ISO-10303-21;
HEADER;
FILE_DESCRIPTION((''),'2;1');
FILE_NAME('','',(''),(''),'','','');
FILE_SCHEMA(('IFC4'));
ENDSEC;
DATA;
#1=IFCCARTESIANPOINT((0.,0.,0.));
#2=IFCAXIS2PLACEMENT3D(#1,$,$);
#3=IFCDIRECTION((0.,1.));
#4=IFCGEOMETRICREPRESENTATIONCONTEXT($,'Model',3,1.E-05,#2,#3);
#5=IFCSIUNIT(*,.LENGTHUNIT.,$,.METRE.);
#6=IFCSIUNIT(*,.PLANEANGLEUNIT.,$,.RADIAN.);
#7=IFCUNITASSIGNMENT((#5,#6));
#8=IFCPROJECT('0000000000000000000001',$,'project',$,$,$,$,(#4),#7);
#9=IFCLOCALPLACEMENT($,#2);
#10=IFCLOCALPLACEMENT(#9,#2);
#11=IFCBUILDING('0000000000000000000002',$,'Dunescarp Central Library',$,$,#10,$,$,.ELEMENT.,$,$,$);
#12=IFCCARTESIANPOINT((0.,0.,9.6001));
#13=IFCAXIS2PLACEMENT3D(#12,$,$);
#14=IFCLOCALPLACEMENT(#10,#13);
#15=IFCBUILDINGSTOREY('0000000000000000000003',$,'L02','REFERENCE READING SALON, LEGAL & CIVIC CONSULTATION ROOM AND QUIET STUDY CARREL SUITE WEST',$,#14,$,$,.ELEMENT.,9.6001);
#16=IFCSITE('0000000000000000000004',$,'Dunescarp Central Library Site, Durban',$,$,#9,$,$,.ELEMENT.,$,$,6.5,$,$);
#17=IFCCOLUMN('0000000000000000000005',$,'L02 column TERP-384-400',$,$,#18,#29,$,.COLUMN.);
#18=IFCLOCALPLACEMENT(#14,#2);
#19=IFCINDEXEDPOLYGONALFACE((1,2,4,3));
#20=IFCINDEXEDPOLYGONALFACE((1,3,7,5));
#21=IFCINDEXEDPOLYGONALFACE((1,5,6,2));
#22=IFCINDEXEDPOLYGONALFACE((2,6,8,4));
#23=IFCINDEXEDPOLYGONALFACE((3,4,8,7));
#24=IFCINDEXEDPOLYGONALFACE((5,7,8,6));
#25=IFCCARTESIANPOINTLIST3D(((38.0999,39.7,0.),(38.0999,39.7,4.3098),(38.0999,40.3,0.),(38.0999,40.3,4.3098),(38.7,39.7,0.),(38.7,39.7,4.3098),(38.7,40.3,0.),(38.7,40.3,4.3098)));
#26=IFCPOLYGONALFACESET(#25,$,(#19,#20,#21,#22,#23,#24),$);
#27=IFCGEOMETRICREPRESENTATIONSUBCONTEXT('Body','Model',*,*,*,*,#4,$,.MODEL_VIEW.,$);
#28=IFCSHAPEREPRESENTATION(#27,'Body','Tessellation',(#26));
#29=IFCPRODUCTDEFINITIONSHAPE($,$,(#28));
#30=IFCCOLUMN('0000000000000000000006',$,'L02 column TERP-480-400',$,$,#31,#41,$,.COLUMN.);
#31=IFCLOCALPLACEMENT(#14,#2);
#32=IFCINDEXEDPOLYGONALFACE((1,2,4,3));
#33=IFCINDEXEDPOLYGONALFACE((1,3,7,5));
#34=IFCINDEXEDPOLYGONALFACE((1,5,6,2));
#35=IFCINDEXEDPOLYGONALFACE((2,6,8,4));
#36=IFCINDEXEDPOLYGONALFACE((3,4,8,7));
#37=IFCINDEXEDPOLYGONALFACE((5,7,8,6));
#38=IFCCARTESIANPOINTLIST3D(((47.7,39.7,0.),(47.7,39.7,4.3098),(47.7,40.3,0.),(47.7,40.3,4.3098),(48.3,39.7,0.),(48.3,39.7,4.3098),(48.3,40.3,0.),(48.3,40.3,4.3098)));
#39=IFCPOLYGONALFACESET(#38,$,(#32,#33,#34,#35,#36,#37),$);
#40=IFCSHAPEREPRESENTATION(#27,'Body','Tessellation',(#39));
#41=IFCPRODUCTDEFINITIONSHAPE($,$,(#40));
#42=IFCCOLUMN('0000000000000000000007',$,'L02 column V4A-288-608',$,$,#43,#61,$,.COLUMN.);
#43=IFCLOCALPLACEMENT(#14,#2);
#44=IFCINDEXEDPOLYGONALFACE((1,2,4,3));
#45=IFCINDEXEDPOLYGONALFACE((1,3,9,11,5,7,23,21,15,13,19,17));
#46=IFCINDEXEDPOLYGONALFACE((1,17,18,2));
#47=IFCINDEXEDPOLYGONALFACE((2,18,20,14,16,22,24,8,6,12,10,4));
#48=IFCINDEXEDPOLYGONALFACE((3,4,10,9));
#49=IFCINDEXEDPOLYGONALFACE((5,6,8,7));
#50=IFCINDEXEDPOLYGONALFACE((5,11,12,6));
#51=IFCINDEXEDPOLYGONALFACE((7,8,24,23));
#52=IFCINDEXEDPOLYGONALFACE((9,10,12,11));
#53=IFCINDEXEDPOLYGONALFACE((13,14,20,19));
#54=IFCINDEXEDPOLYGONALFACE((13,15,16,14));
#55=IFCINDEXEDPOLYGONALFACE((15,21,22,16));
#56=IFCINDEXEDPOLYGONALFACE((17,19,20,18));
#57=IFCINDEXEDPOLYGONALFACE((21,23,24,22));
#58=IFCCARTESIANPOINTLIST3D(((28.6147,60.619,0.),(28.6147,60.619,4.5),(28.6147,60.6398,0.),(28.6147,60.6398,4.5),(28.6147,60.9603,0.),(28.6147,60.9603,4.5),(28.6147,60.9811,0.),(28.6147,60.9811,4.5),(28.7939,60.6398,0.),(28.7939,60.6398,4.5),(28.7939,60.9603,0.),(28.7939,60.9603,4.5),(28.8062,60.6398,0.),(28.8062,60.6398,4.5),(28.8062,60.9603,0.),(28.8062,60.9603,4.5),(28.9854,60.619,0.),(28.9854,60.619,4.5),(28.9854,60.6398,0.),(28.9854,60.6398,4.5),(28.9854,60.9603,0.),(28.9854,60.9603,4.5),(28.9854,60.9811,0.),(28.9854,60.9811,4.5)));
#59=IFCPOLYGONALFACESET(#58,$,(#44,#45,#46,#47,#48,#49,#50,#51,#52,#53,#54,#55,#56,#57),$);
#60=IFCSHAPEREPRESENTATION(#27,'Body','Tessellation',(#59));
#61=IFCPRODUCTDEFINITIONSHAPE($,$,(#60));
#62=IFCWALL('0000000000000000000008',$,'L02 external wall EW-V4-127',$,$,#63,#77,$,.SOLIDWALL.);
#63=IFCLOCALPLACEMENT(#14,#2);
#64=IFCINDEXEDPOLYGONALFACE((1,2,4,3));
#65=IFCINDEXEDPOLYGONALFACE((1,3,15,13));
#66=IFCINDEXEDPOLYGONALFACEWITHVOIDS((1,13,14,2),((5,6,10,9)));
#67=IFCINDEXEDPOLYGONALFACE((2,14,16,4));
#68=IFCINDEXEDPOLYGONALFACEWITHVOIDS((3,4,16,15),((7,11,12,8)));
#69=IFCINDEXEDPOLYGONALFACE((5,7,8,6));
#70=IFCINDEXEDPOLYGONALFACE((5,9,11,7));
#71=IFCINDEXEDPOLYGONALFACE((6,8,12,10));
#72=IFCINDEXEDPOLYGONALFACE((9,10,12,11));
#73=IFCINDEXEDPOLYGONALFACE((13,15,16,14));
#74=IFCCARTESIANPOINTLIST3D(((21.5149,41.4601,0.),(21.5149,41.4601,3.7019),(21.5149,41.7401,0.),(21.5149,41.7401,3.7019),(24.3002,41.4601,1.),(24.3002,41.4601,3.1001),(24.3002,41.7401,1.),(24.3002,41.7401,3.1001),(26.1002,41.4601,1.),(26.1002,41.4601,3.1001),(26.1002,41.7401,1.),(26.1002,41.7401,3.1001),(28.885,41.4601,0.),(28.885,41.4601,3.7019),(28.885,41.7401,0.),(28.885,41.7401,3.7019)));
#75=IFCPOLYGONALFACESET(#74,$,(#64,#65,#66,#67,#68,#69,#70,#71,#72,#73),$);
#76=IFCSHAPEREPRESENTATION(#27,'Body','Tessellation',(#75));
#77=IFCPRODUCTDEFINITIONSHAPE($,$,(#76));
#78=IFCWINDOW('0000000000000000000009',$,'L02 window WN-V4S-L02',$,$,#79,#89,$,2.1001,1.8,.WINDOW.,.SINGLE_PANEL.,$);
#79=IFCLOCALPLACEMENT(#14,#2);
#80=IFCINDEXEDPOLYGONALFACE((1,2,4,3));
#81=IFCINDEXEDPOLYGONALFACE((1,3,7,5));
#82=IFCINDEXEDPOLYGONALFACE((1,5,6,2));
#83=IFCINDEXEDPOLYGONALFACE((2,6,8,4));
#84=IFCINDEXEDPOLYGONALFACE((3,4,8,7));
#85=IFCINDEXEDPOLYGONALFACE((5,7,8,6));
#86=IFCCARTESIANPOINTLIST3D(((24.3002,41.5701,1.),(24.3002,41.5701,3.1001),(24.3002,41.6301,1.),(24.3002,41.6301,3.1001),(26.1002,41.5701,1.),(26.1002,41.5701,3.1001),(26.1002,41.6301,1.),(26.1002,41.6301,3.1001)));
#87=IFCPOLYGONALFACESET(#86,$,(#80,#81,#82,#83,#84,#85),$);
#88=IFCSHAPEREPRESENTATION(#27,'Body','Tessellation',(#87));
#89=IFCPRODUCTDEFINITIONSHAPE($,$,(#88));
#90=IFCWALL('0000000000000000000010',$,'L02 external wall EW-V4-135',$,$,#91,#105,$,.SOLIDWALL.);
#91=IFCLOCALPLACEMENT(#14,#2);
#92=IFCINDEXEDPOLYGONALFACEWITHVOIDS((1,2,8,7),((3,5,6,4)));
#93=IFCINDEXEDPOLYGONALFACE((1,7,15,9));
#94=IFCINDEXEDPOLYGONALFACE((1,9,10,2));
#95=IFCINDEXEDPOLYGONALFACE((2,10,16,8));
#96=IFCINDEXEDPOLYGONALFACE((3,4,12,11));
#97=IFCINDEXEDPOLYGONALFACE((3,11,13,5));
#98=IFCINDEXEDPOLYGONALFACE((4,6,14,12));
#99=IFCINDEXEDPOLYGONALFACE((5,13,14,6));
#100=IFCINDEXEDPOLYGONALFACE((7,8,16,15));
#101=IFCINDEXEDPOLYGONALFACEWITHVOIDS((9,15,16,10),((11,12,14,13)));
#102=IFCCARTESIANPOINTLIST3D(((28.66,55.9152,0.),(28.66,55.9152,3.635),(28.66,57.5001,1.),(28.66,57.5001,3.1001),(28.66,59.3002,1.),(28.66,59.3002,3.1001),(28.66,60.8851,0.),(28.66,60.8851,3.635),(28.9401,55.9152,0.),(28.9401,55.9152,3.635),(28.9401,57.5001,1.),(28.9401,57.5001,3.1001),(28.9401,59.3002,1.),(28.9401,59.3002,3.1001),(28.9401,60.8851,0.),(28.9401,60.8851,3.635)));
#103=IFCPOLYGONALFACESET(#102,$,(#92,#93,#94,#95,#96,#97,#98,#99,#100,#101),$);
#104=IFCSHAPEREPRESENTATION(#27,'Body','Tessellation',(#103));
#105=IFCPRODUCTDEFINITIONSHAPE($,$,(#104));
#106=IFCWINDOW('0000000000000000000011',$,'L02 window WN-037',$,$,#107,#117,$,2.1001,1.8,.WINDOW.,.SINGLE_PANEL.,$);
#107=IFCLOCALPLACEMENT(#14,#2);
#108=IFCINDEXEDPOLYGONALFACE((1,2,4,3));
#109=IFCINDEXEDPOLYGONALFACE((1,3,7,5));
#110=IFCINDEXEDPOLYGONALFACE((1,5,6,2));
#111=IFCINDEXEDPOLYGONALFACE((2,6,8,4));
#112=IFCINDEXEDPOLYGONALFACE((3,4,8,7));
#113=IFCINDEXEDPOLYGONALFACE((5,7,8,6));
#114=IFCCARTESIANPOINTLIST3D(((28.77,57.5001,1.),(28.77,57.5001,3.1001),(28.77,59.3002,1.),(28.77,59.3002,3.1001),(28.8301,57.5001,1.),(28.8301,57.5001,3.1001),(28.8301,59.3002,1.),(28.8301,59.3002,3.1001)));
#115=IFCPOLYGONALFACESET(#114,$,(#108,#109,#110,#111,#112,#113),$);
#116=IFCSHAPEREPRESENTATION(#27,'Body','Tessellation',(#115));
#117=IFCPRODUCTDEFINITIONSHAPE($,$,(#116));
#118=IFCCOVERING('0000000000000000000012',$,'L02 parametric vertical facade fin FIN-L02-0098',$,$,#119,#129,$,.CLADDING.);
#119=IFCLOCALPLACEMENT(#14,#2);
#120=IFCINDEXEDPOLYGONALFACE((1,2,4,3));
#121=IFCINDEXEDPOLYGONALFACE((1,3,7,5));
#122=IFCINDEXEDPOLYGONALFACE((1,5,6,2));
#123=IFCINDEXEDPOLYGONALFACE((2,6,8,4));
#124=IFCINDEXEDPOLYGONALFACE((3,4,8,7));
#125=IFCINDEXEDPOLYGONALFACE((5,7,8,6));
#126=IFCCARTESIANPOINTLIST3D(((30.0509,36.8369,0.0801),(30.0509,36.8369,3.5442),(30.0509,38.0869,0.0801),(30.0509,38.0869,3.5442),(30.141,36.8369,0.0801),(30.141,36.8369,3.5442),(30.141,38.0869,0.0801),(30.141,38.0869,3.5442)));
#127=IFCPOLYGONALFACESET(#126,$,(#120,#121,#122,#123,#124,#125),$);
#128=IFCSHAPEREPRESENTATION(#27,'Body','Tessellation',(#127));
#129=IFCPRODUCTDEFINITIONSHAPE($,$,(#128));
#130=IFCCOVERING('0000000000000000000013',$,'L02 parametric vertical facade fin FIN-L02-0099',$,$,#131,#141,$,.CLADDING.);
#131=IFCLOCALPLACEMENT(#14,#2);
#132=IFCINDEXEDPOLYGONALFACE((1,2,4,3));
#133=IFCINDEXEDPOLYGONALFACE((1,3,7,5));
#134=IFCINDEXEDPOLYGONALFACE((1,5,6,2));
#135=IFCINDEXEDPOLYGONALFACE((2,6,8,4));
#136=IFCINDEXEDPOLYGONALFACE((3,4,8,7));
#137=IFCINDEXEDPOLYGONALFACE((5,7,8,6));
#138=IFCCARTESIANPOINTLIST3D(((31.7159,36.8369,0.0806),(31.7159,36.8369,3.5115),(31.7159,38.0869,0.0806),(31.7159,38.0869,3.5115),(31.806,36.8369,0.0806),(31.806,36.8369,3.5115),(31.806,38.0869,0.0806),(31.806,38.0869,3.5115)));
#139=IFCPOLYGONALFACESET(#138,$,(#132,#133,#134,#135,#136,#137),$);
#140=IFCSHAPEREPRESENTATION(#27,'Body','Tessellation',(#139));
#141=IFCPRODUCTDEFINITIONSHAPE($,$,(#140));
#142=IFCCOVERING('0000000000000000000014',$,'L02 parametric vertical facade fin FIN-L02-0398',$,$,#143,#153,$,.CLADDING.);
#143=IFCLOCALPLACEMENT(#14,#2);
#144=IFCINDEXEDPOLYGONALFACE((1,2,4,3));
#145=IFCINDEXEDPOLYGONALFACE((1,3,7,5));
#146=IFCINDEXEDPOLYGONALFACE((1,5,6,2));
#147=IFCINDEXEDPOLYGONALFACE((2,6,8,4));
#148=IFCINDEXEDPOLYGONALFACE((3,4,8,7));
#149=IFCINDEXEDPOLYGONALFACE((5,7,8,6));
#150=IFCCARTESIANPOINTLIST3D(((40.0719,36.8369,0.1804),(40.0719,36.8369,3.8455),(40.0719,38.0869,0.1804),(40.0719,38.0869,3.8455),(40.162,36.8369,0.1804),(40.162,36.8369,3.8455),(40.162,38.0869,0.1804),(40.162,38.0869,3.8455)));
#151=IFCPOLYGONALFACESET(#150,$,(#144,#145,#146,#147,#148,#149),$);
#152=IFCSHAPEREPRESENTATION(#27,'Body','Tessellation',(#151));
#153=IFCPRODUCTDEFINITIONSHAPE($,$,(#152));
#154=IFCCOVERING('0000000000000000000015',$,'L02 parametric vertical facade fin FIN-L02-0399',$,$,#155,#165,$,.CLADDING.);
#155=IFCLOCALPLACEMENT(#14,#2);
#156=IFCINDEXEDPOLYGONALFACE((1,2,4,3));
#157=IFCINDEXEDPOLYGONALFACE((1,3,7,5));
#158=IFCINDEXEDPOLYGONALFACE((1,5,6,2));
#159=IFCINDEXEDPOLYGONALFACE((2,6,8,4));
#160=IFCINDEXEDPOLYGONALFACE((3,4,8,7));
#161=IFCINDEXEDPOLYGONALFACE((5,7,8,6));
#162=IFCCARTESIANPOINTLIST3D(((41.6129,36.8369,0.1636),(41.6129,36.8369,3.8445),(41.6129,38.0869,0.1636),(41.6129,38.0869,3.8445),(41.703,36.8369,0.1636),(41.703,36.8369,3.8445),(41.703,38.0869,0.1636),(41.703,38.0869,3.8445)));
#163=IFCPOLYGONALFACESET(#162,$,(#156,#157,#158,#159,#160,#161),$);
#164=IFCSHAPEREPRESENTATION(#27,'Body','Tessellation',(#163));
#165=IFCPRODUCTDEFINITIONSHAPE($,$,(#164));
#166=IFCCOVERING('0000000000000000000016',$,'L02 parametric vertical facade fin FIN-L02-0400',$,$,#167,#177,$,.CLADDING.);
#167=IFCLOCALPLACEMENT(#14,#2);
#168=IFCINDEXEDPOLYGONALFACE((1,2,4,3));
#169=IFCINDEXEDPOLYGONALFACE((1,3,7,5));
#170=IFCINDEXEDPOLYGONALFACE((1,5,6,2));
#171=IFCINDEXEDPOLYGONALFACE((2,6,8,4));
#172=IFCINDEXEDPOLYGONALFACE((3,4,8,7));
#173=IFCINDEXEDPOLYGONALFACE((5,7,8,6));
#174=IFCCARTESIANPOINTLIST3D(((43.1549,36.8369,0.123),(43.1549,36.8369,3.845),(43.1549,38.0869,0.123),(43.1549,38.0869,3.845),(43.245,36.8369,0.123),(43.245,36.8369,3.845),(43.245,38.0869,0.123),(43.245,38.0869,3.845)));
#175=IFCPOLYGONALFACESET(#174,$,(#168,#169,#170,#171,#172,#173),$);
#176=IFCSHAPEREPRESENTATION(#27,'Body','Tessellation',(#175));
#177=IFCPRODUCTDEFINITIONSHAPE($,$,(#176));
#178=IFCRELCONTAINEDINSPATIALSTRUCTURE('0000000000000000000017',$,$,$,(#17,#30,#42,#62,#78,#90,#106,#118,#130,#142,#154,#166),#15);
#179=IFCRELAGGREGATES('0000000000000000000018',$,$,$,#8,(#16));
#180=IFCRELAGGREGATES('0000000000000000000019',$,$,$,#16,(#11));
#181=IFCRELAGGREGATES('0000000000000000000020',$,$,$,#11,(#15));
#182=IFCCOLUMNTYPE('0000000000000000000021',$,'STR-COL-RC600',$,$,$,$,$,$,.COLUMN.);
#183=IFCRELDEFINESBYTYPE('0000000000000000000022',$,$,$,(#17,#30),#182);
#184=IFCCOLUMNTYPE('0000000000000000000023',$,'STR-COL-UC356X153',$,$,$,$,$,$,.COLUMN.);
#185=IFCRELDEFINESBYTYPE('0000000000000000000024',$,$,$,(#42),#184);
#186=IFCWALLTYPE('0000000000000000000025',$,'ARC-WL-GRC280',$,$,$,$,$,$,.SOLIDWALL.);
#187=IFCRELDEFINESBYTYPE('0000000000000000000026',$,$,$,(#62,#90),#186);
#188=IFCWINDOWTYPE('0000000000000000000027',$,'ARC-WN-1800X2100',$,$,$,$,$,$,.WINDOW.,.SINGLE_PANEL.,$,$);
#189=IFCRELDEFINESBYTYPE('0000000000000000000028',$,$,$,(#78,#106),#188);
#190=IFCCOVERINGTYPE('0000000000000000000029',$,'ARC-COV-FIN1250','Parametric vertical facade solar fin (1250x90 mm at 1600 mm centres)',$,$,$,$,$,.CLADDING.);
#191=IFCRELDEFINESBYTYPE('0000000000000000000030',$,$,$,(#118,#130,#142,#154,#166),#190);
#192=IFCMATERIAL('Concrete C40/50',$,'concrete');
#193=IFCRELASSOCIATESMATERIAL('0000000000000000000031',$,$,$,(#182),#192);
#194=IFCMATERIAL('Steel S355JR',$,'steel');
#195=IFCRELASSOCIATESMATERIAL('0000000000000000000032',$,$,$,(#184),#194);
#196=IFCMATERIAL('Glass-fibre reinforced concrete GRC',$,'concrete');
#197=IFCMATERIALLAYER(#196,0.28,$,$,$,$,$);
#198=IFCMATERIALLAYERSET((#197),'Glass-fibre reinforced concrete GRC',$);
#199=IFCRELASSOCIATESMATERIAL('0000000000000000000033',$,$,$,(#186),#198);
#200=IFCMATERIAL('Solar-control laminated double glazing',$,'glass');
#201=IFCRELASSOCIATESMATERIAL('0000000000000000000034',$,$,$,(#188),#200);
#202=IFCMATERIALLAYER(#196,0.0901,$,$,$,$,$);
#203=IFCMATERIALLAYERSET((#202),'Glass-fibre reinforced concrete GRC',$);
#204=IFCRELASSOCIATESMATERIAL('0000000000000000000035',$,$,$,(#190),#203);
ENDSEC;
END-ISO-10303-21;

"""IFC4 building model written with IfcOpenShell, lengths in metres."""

from ifc_helpers import new_model, si_unit, direction, frame, frame_2d, origin, origin_2d, place, context, subcontext, project, spatial, rectangle, i_section, extrude, material, layer, layer_set, material_profile, profile_set, type_object, element, fill, save


model = new_model("IFC4")

# Units and contexts
model_context = context("Model", 3, precision=1e-05, world=origin(), true_north=direction((0.0, 1.0)))
body_context = subcontext(model_context, "Body", "Model", "MODEL_VIEW")
ifc_project = project(units=[si_unit("LENGTHUNIT", "METRE"), si_unit("PLANEANGLEUNIT", "RADIAN")], contexts=[model_context])

# Site, building, storey
site_placement = place(None, origin())
site = spatial("IfcSite", under=ifc_project, at=site_placement, Name="Dunescarp Central Library Site, Durban", CompositionType="ELEMENT", RefElevation=6.5)
building_placement = place(site_placement, origin())
building = spatial("IfcBuilding", under=site, at=building_placement, Name="Dunescarp Central Library", CompositionType="ELEMENT")
storey_placement = place(building_placement, frame((0.0, 0.0, 9.6001)))
storey = spatial("IfcBuildingStorey", under=building, at=storey_placement, Name="L02", Description="REFERENCE READING SALON, LEGAL & CIVIC CONSULTATION ROOM AND QUIET STUDY CARREL SUITE WEST", CompositionType="ELEMENT", Elevation=9.6001)

# Columns
ifc_material_1 = material(Name="Concrete C40/50", Category="concrete")
ifc_material_profile_1 = material_profile(ifc_material_1, rectangle(XDim=0.6001, YDim=0.6001, at=origin_2d()), Name="RC 600x600")
ifc_profile_set_1 = profile_set([ifc_material_profile_1], Name="Concrete C40/50")
column_type_1 = type_object("IfcColumnType", Name="STR-COL-RC600", PredefinedType="COLUMN", material=ifc_profile_set_1)
for number, where, z_axis, x_axis, name in (
    (1, (38.3999, 40.0, 0.0), (0.0, 0.0, 1.0), (1.0, 0.0, 0.0), "L02 column TERP-384-400"),
    (2, (48.0, 40.0, 0.0), (0.0, 0.0, 1.0), (1.0, 0.0, 0.0), "L02 column TERP-480-400"),
):
    element("IfcColumn", number, at=place(storey_placement, frame(where, z_axis=z_axis, x_axis=x_axis)), inside=storey, type_object=column_type_1, Name=name, PredefinedType="COLUMN", context=body_context, shape_type="SweptSolid", body=[
        extrude(rectangle(XDim=0.6001, YDim=0.6001, at=origin_2d()), origin(), (0.0, 0.0, 1.0), 4.3098),
    ])
ifc_material_2 = material(Name="Steel S355JR", Category="steel")
ifc_material_profile_2 = material_profile(ifc_material_2, i_section(OverallWidth=0.3706, OverallDepth=0.3621, WebThickness=0.0122, FlangeThickness=0.0208, at=origin_2d()), Name="UC 356x368x153")
ifc_profile_set_2 = profile_set([ifc_material_profile_2], Name="Steel S355JR")
column_type_2 = type_object("IfcColumnType", Name="STR-COL-UC356X153", PredefinedType="COLUMN", material=ifc_profile_set_2)
column_placement = place(storey_placement, frame((28.8, 60.8, 0.0), z_axis=(0.0, 0.0, 1.0), x_axis=(1.0, 0.0, 0.0)))
element("IfcColumn", 3, at=column_placement, inside=storey, type_object=column_type_2, Name="L02 column V4A-288-608", PredefinedType="COLUMN", context=body_context, shape_type="SweptSolid", body=[
    extrude(i_section(OverallWidth=0.3706, OverallDepth=0.3621, WebThickness=0.0122, FlangeThickness=0.0208, at=origin_2d()), origin(), (0.0, 0.0, 1.0), 4.5),
])

# Walls, openings, windows
ifc_material_3 = material(Name="Glass-fibre reinforced concrete GRC", Category="concrete")
ifc_layer_1 = layer(ifc_material_3, 0.28)
ifc_layer_set_1 = layer_set([ifc_layer_1], Name="Glass-fibre reinforced concrete GRC")
wall_type = type_object("IfcWallType", Name="ARC-WL-GRC280", PredefinedType="SOLIDWALL", material=ifc_layer_set_1)
wall_1_placement = place(storey_placement, frame((28.885, 41.6001, 0.0), z_axis=(0.0, 0.0, 1.0), x_axis=(-1.0, 0.0, 0.0)))
wall_1 = element("IfcWall", 4, at=wall_1_placement, inside=storey, type_object=wall_type, Name="L02 external wall EW-V4-127", PredefinedType="SOLIDWALL", context=body_context, shape_type="SweptSolid", body=[
    extrude(rectangle(XDim=7.3701, YDim=0.28, at=frame_2d((3.6851, 0.0))), origin(), (0.0, 0.0, 1.0), 3.7019),
])
opening_1_placement = place(wall_1_placement, frame((2.7849, 0.0, 1.0)))
opening_1 = element("IfcOpeningElement", 5, at=opening_1_placement, cuts=wall_1, PredefinedType="OPENING", context=body_context, shape_type="SweptSolid", body=[
    extrude(rectangle(XDim=1.8, YDim=2.1001, at=frame_2d((0.8999, 1.05))), frame((0.0, 0.1499, 0.0), z_axis=(0.0, -1.0, 0.0), x_axis=(1.0, 0.0, 0.0)), (0.0, 0.0, 1.0), 0.3),
])
ifc_material_4 = material(Name="Solar-control laminated double glazing", Category="glass")
window_type = type_object("IfcWindowType", Name="ARC-WN-1800X2100", PartitioningType="SINGLE_PANEL", PredefinedType="WINDOW", material=ifc_material_4)
window_1_placement = place(opening_1_placement, origin())
window_1 = element("IfcWindow", 6, at=window_1_placement, inside=storey, type_object=window_type, Name="L02 window WN-V4S-L02", OverallHeight=2.1001, OverallWidth=1.8, PartitioningType="SINGLE_PANEL", PredefinedType="WINDOW", context=body_context, shape_type="SweptSolid", body=[
    extrude(rectangle(XDim=1.8, YDim=2.1001, at=frame_2d((0.8999, 1.05))), frame((0.0, 0.03, 0.0), z_axis=(0.0, -1.0, 0.0), x_axis=(1.0, 0.0, 0.0)), (0.0, 0.0, 1.0), 0.0601),
])
fill(opening_1, window_1)
wall_2_placement = place(storey_placement, frame((28.8, 60.885, 0.0), z_axis=(0.0, 0.0, 1.0), x_axis=(0.0, -1.0, 0.0)))
wall_2 = element("IfcWall", 7, at=wall_2_placement, inside=storey, type_object=wall_type, Name="L02 external wall EW-V4-135", PredefinedType="SOLIDWALL", context=body_context, shape_type="SweptSolid", body=[
    extrude(rectangle(XDim=4.97, YDim=0.28, at=frame_2d((2.4849, 0.0))), origin(), (0.0, 0.0, 1.0), 3.635),
])
opening_2_placement = place(wall_2_placement, frame((1.585, 0.0, 1.0)))
opening_2 = element("IfcOpeningElement", 8, at=opening_2_placement, cuts=wall_2, PredefinedType="OPENING", context=body_context, shape_type="SweptSolid", body=[
    extrude(rectangle(XDim=1.8, YDim=2.1001, at=frame_2d((0.8999, 1.05))), frame((0.0, 0.1499, 0.0), z_axis=(0.0, -1.0, 0.0), x_axis=(1.0, 0.0, 0.0)), (0.0, 0.0, 1.0), 0.3),
])
window_2_placement = place(opening_2_placement, origin())
window_2 = element("IfcWindow", 9, at=window_2_placement, inside=storey, type_object=window_type, Name="L02 window WN-037", OverallHeight=2.1001, OverallWidth=1.8, PartitioningType="SINGLE_PANEL", PredefinedType="WINDOW", context=body_context, shape_type="SweptSolid", body=[
    extrude(rectangle(XDim=1.8, YDim=2.1001, at=frame_2d((0.8999, 1.05))), frame((0.0, 0.03, 0.0), z_axis=(0.0, -1.0, 0.0), x_axis=(1.0, 0.0, 0.0)), (0.0, 0.0, 1.0), 0.0601),
])
fill(opening_2, window_2)

# Coverings
ifc_layer_2 = layer(ifc_material_3, 0.0901)
ifc_layer_set_2 = layer_set([ifc_layer_2], Name="Glass-fibre reinforced concrete GRC")
covering_type_1 = type_object("IfcCoveringType", Name="ARC-COV-FIN1250", Description="Parametric vertical facade solar fin (1250x90 mm at 1600 mm centres)", PredefinedType="CLADDING", material=ifc_layer_set_2)
covering_1_placement = place(storey_placement, frame((30.0959, 37.4619, 0.0801), z_axis=(0.0, 0.0, 1.0), x_axis=(0.0, 1.0, 0.0)))
element("IfcCovering", 10, at=covering_1_placement, inside=storey, type_object=covering_type_1, Name="L02 parametric vertical facade fin FIN-L02-0098", PredefinedType="CLADDING", context=body_context, shape_type="SweptSolid", body=[
    extrude(rectangle(XDim=1.25, YDim=0.0901, at=origin_2d()), origin(), (0.0, 0.0, 1.0), 3.4641),
])
covering_2_placement = place(storey_placement, frame((31.761, 37.4619, 0.0806), z_axis=(0.0, 0.0, 1.0), x_axis=(0.0, 1.0, 0.0)))
element("IfcCovering", 11, at=covering_2_placement, inside=storey, type_object=covering_type_1, Name="L02 parametric vertical facade fin FIN-L02-0099", PredefinedType="CLADDING", context=body_context, shape_type="SweptSolid", body=[
    extrude(rectangle(XDim=1.25, YDim=0.0901, at=origin_2d()), origin(), (0.0, 0.0, 1.0), 3.4309),
])
covering_3_placement = place(storey_placement, frame((40.1169, 37.4619, 0.1804), z_axis=(0.0, 0.0, 1.0), x_axis=(0.0, 1.0, 0.0)))
element("IfcCovering", 12, at=covering_3_placement, inside=storey, type_object=covering_type_1, Name="L02 parametric vertical facade fin FIN-L02-0398", PredefinedType="CLADDING", context=body_context, shape_type="SweptSolid", body=[
    extrude(rectangle(XDim=1.25, YDim=0.0901, at=origin_2d()), origin(), (0.0, 0.0, 1.0), 3.665),
])
covering_4_placement = place(storey_placement, frame((41.658, 37.4619, 0.1636), z_axis=(0.0, 0.0, 1.0), x_axis=(0.0, 1.0, 0.0)))
element("IfcCovering", 13, at=covering_4_placement, inside=storey, type_object=covering_type_1, Name="L02 parametric vertical facade fin FIN-L02-0399", PredefinedType="CLADDING", context=body_context, shape_type="SweptSolid", body=[
    extrude(rectangle(XDim=1.25, YDim=0.0901, at=origin_2d()), origin(), (0.0, 0.0, 1.0), 3.6809),
])
covering_5_placement = place(storey_placement, frame((43.2, 37.4619, 0.123), z_axis=(0.0, 0.0, 1.0), x_axis=(0.0, 1.0, 0.0)))
element("IfcCovering", 14, at=covering_5_placement, inside=storey, type_object=covering_type_1, Name="L02 parametric vertical facade fin FIN-L02-0400", PredefinedType="CLADDING", context=body_context, shape_type="SweptSolid", body=[
    extrude(rectangle(XDim=1.25, YDim=0.0901, at=origin_2d()), origin(), (0.0, 0.0, 1.0), 3.7219),
])

save(model, "model.ifc")
